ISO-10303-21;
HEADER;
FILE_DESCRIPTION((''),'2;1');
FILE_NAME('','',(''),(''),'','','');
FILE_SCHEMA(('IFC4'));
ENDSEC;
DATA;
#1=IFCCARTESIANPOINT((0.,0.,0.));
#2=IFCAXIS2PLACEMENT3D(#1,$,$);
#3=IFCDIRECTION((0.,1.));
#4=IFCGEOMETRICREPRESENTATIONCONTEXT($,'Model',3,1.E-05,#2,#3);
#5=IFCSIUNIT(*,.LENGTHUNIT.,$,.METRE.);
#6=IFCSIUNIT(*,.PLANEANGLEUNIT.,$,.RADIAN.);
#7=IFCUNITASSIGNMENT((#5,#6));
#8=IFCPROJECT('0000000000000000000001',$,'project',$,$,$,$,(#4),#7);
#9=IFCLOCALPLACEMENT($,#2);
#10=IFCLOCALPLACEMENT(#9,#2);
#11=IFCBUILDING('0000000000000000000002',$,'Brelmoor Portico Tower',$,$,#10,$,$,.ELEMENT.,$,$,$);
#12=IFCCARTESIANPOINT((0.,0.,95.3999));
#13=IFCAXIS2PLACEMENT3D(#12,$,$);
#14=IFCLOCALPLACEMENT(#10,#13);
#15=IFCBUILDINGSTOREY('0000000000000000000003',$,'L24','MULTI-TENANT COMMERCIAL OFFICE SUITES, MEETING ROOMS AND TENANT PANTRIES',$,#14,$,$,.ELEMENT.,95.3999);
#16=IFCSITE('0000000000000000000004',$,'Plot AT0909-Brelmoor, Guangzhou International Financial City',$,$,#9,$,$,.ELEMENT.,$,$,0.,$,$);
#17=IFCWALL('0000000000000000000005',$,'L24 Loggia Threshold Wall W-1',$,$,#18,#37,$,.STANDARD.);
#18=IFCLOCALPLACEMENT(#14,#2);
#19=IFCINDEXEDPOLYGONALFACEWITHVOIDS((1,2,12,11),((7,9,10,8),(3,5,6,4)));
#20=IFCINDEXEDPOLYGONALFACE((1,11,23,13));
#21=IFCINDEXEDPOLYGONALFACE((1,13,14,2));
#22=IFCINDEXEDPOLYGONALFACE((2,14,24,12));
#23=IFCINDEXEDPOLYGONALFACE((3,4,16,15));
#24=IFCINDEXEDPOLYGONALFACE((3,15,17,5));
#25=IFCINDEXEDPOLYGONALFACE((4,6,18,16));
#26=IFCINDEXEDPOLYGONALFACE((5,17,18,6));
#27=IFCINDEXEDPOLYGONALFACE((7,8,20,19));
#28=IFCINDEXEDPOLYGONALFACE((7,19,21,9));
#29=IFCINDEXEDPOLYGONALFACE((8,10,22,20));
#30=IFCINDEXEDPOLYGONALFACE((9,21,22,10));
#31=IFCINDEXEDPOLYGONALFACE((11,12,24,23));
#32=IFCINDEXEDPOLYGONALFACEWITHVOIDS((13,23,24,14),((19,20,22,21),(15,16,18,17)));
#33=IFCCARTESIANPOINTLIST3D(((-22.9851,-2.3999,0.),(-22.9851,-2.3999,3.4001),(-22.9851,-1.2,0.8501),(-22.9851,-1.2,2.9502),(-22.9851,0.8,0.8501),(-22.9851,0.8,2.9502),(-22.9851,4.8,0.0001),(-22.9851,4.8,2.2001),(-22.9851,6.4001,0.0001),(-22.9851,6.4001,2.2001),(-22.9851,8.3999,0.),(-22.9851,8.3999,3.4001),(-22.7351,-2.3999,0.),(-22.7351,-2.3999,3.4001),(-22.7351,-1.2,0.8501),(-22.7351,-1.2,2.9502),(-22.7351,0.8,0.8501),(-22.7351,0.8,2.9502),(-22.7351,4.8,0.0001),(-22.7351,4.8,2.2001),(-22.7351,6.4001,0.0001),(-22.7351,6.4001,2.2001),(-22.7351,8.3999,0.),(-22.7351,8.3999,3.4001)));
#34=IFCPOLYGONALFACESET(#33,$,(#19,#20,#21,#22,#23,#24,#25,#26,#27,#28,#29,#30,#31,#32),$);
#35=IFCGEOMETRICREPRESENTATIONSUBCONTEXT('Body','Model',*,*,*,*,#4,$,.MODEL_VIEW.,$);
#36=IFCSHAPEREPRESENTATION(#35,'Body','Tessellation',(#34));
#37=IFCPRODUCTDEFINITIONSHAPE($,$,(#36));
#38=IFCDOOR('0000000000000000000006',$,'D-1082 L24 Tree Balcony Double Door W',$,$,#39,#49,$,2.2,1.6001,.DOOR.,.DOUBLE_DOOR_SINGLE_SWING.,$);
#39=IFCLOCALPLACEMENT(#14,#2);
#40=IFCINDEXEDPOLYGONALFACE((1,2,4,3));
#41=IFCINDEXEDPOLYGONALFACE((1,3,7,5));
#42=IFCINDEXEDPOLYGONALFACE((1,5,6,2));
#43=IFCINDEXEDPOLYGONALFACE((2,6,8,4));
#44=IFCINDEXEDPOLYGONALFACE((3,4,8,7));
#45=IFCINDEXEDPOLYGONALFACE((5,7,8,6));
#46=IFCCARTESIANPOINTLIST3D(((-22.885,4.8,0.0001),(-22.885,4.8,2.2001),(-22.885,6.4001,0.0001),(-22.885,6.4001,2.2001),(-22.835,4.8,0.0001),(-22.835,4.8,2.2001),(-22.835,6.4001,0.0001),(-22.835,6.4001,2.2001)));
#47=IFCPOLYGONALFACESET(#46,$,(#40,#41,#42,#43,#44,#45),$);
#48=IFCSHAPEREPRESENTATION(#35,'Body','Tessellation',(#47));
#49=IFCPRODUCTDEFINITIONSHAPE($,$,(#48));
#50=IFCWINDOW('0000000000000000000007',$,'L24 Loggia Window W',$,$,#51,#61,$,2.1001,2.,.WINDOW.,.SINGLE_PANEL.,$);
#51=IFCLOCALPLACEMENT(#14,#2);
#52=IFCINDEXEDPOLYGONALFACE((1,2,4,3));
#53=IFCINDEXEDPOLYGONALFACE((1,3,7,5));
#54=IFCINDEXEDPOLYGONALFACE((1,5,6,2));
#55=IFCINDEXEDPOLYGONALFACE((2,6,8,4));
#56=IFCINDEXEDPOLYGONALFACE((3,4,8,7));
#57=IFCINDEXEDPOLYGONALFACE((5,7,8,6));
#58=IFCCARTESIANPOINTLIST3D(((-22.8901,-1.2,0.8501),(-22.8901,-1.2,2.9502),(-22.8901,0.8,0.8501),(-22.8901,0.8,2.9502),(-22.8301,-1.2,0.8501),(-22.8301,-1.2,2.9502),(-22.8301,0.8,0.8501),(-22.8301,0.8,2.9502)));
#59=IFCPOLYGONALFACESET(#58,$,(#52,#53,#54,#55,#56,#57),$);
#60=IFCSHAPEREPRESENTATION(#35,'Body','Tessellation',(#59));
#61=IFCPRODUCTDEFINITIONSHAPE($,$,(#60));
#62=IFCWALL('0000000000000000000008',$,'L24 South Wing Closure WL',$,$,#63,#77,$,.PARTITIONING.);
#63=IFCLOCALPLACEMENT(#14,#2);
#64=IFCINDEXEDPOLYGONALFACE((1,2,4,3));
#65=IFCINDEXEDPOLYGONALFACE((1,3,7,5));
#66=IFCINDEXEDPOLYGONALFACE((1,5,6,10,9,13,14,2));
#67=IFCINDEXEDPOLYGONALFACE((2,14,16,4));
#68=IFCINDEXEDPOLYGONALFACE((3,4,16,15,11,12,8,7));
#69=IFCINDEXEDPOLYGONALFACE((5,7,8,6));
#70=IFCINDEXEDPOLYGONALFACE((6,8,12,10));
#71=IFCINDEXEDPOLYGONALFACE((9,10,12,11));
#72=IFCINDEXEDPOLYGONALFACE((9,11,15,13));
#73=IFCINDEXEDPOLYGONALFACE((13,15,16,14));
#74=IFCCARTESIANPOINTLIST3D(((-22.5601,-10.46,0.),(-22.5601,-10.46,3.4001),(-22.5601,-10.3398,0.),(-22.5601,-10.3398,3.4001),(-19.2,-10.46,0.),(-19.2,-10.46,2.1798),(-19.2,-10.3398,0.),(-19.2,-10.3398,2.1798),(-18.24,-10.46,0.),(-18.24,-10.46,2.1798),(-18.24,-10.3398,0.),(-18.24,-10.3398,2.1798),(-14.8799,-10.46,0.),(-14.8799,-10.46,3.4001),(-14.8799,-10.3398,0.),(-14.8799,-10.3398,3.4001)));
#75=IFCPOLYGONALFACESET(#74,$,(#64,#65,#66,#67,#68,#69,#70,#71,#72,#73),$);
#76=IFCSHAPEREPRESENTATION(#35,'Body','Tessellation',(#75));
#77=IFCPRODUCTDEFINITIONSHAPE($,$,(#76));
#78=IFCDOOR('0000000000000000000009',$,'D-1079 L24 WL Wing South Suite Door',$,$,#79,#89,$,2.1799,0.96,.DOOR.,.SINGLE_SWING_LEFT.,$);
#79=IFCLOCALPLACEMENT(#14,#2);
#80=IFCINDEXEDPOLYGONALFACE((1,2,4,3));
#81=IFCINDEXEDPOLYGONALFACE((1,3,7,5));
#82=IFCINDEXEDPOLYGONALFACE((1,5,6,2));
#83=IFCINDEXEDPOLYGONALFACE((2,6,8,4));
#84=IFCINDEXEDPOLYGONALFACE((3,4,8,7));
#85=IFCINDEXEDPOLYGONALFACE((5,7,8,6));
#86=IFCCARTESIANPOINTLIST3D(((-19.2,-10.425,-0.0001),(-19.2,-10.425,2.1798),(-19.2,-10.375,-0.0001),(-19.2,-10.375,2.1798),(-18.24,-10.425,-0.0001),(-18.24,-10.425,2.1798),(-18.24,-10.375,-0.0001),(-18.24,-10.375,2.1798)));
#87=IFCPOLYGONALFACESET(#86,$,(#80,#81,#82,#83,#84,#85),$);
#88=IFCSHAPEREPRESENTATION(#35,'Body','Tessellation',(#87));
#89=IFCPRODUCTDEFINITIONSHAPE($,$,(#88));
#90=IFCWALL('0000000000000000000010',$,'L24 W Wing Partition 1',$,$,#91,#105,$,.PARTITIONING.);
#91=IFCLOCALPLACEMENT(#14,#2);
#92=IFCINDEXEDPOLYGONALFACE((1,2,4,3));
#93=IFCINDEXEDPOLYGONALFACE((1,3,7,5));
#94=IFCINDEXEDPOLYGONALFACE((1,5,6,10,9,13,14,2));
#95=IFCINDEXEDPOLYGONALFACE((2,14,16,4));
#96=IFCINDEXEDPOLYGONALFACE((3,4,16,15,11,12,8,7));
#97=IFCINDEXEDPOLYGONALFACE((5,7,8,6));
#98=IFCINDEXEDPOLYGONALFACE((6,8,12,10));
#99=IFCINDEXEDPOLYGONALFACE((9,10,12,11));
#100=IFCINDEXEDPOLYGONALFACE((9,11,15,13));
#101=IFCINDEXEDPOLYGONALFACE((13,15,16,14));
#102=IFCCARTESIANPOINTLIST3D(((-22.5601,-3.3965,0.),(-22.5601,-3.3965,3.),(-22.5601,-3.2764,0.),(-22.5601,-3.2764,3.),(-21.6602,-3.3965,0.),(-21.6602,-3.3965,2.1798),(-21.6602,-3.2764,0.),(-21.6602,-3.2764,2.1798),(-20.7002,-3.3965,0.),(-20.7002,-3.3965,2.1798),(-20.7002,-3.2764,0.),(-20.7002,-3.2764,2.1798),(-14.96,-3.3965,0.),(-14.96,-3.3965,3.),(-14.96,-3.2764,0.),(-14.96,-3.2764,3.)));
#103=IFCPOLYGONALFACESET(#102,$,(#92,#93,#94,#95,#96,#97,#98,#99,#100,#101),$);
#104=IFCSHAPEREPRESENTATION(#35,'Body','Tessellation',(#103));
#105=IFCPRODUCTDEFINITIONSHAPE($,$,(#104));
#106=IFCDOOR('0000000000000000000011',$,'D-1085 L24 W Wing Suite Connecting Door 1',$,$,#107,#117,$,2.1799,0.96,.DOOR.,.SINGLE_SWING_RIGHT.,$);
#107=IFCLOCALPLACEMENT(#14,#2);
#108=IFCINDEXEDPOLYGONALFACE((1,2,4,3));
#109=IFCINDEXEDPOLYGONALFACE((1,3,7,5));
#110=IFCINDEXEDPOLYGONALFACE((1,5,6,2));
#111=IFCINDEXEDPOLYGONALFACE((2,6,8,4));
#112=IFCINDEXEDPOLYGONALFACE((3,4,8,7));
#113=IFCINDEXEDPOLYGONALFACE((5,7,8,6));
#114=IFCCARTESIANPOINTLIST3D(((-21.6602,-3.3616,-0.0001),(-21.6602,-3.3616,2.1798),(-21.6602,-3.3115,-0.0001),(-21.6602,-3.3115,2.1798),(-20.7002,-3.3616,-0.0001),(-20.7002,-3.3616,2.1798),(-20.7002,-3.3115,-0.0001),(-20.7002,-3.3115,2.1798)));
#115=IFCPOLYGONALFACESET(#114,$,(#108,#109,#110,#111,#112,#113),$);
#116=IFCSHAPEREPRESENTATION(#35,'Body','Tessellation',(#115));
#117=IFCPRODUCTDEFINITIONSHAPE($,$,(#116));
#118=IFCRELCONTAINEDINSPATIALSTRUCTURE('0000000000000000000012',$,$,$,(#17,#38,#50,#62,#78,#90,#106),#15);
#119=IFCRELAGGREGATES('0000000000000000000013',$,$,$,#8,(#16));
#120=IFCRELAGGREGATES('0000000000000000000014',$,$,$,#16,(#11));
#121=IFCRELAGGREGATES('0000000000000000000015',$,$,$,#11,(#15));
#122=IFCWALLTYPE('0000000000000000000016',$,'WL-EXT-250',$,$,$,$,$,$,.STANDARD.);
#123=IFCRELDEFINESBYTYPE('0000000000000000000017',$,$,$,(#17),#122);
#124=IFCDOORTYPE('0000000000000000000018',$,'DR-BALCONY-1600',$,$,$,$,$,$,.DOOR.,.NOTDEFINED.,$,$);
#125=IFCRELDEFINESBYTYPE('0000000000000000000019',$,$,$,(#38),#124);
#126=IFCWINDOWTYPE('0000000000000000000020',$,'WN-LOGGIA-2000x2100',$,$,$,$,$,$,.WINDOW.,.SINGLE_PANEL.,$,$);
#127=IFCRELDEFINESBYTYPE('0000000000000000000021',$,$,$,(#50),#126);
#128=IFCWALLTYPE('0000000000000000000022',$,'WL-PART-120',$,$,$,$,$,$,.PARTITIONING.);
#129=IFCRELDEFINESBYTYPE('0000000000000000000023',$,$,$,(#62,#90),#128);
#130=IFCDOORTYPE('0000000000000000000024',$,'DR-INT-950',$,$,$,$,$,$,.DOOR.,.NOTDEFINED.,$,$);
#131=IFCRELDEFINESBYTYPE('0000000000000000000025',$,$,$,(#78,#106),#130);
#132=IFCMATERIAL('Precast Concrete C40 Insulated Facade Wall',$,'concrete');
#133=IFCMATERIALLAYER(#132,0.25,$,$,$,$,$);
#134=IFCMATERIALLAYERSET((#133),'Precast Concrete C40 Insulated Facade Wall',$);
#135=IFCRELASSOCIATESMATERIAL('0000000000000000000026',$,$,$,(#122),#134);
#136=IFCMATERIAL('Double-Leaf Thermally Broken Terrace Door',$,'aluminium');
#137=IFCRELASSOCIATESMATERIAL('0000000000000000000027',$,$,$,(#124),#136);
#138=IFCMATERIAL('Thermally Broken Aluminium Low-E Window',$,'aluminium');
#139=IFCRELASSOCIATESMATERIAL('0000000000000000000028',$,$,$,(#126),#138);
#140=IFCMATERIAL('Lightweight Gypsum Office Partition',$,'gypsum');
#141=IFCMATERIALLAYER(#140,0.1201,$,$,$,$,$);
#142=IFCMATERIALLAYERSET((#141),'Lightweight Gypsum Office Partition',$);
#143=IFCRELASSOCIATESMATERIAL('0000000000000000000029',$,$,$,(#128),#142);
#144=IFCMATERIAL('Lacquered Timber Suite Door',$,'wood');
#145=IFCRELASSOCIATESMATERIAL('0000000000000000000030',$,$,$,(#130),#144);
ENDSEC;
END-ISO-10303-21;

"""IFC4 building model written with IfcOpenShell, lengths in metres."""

from ifc_helpers import new_model, si_unit, direction, frame, frame_2d, origin, place, context, subcontext, project, spatial, rectangle, extrude, material, layer, layer_set, type_object, element, fill, save


model = new_model("IFC4")

# Units and contexts
model_context = context("Model", 3, precision=1e-05, world=origin(), true_north=direction((0.0, 1.0)))
body_context = subcontext(model_context, "Body", "Model", "MODEL_VIEW")
ifc_project = project(units=[si_unit("LENGTHUNIT", "METRE"), si_unit("PLANEANGLEUNIT", "RADIAN")], contexts=[model_context])

# Site, building, storey
site_placement = place(None, origin())
site = spatial("IfcSite", under=ifc_project, at=site_placement, Name="Plot AT0909-Brelmoor, Guangzhou International Financial City", CompositionType="ELEMENT", RefElevation=0.0)
building_placement = place(site_placement, origin())
building = spatial("IfcBuilding", under=site, at=building_placement, Name="Brelmoor Portico Tower", CompositionType="ELEMENT")
storey_placement = place(building_placement, frame((0.0, 0.0, 95.3999)))
storey = spatial("IfcBuildingStorey", under=building, at=storey_placement, Name="L24", Description="MULTI-TENANT COMMERCIAL OFFICE SUITES, MEETING ROOMS AND TENANT PANTRIES", CompositionType="ELEMENT", Elevation=95.3999)

# Wall, openings, door, window
ifc_material_1 = material(Name="Precast Concrete C40 Insulated Facade Wall", Category="concrete")
ifc_layer_1 = layer(ifc_material_1, 0.25)
ifc_layer_set_1 = layer_set([ifc_layer_1], Name="Precast Concrete C40 Insulated Facade Wall")
wall_type_1 = type_object("IfcWallType", Name="WL-EXT-250", PredefinedType="STANDARD", material=ifc_layer_set_1)
wall_1_placement = place(storey_placement, frame((-22.8601, -2.3999, 0.0), z_axis=(0.0, 0.0, 1.0), x_axis=(0.0, 1.0, 0.0)))
wall_1 = element("IfcWall", 1, at=wall_1_placement, inside=storey, type_object=wall_type_1, Name="L24 Loggia Threshold Wall W-1", PredefinedType="STANDARD", context=body_context, shape_type="SweptSolid", body=[
    extrude(rectangle(XDim=10.7998, YDim=0.25, at=frame_2d((5.3999, 0.0))), origin(), (0.0, 0.0, 1.0), 3.4001),
])
opening_1_placement = place(wall_1_placement, frame((7.2, 0.0, 0.0)))
opening_1 = element("IfcOpeningElement", 2, at=opening_1_placement, cuts=wall_1, PredefinedType="OPENING", context=body_context, shape_type="SweptSolid", body=[
    extrude(rectangle(XDim=1.6001, YDim=2.2, at=frame_2d((0.8, 1.1001))), frame((0.0, 0.135, 0.0), z_axis=(0.0, -1.0, 0.0), x_axis=(1.0, 0.0, 0.0)), (0.0, 0.0, 1.0), 0.27),
])
opening_2_placement = place(wall_1_placement, frame((1.2, 0.0, 0.8501)))
opening_2 = element("IfcOpeningElement", 3, at=opening_2_placement, cuts=wall_1, PredefinedType="OPENING", context=body_context, shape_type="SweptSolid", body=[
    extrude(rectangle(XDim=2.0, YDim=2.1001, at=frame_2d((1.0, 1.05))), frame((0.0, 0.135, 0.0), z_axis=(0.0, -1.0, 0.0), x_axis=(1.0, 0.0, 0.0)), (0.0, 0.0, 1.0), 0.27),
])
ifc_material_2 = material(Name="Double-Leaf Thermally Broken Terrace Door", Category="aluminium")
door_type_1 = type_object("IfcDoorType", Name="DR-BALCONY-1600", OperationType="NOTDEFINED", PredefinedType="DOOR", material=ifc_material_2)
door_1_placement = place(opening_1_placement, origin())
door_1 = element("IfcDoor", 4, at=door_1_placement, inside=storey, type_object=door_type_1, Name="D-1082 L24 Tree Balcony Double Door W", OperationType="DOUBLE_DOOR_SINGLE_SWING", OverallHeight=2.2, OverallWidth=1.6001, PredefinedType="DOOR", context=body_context, shape_type="SweptSolid", body=[
    extrude(rectangle(XDim=1.6001, YDim=2.2, at=frame_2d((0.8, 1.1001))), frame((0.0, 0.0249, 0.0), z_axis=(0.0, -1.0, 0.0), x_axis=(1.0, 0.0, 0.0)), (0.0, 0.0, 1.0), 0.05),
])
fill(opening_1, door_1)
ifc_material_3 = material(Name="Thermally Broken Aluminium Low-E Window", Category="aluminium")
window_type = type_object("IfcWindowType", Name="WN-LOGGIA-2000x2100", PartitioningType="SINGLE_PANEL", PredefinedType="WINDOW", material=ifc_material_3)
window_placement = place(opening_2_placement, origin())
window = element("IfcWindow", 5, at=window_placement, inside=storey, type_object=window_type, Name="L24 Loggia Window W", OverallHeight=2.1001, OverallWidth=2.0, PartitioningType="SINGLE_PANEL", PredefinedType="WINDOW", context=body_context, shape_type="SweptSolid", body=[
    extrude(rectangle(XDim=2.0, YDim=2.1001, at=frame_2d((1.0, 1.05))), frame((0.0, 0.03, 0.0), z_axis=(0.0, -1.0, 0.0), x_axis=(1.0, 0.0, 0.0)), (0.0, 0.0, 1.0), 0.0601),
])
fill(opening_2, window)

# Walls, openings, doors
ifc_material_4 = material(Name="Lightweight Gypsum Office Partition", Category="gypsum")
ifc_layer_2 = layer(ifc_material_4, 0.1201)
ifc_layer_set_2 = layer_set([ifc_layer_2], Name="Lightweight Gypsum Office Partition")
wall_type_2 = type_object("IfcWallType", Name="WL-PART-120", PredefinedType="PARTITIONING", material=ifc_layer_set_2)
wall_2_placement = place(storey_placement, frame((-22.5601, -10.3999, 0.0), z_axis=(0.0, 0.0, 1.0), x_axis=(1.0, 0.0, 0.0)))
wall_2 = element("IfcWall", 6, at=wall_2_placement, inside=storey, type_object=wall_type_2, Name="L24 South Wing Closure WL", PredefinedType="PARTITIONING", context=body_context, shape_type="SweptSolid", body=[
    extrude(rectangle(XDim=7.6802, YDim=0.1201, at=frame_2d((3.8401, 0.0))), origin(), (0.0, 0.0, 1.0), 3.4001),
])
opening_3_placement = place(wall_2_placement, frame((3.3601, 0.0, 0.0)))
opening_3 = element("IfcOpeningElement", 7, at=opening_3_placement, cuts=wall_2, PredefinedType="OPENING", context=body_context, shape_type="SweptSolid", body=[
    extrude(rectangle(XDim=0.96, YDim=2.1799, at=frame_2d((0.48, 1.0898))), frame((0.0, 0.0701, 0.0), z_axis=(0.0, -1.0, 0.0), x_axis=(1.0, 0.0, 0.0)), (0.0, 0.0, 1.0), 0.1401),
])
ifc_material_5 = material(Name="Lacquered Timber Suite Door", Category="wood")
door_type_2 = type_object("IfcDoorType", Name="DR-INT-950", OperationType="NOTDEFINED", PredefinedType="DOOR", material=ifc_material_5)
door_2_placement = place(opening_3_placement, origin())
door_2 = element("IfcDoor", 8, at=door_2_placement, inside=storey, type_object=door_type_2, Name="D-1079 L24 WL Wing South Suite Door", OperationType="SINGLE_SWING_LEFT", OverallHeight=2.1799, OverallWidth=0.96, PredefinedType="DOOR", context=body_context, shape_type="SweptSolid", body=[
    extrude(rectangle(XDim=0.96, YDim=2.1799, at=frame_2d((0.48, 1.0898))), frame((0.0, 0.0249, 0.0), z_axis=(0.0, -1.0, 0.0), x_axis=(1.0, 0.0, 0.0)), (0.0, 0.0, 1.0), 0.05),
])
fill(opening_3, door_2)
wall_3_placement = place(storey_placement, frame((-22.5601, -3.3364, 0.0), z_axis=(0.0, 0.0, 1.0), x_axis=(1.0, 0.0, 0.0)))
wall_3 = element("IfcWall", 9, at=wall_3_placement, inside=storey, type_object=wall_type_2, Name="L24 W Wing Partition 1", PredefinedType="PARTITIONING", context=body_context, shape_type="SweptSolid", body=[
    extrude(rectangle(XDim=7.6001, YDim=0.1201, at=frame_2d((3.8, 0.0))), origin(), (0.0, 0.0, 1.0), 3.0),
])
opening_4_placement = place(wall_3_placement, frame((0.8999, 0.0, 0.0)))
opening_4 = element("IfcOpeningElement", 10, at=opening_4_placement, cuts=wall_3, PredefinedType="OPENING", context=body_context, shape_type="SweptSolid", body=[
    extrude(rectangle(XDim=0.96, YDim=2.1799, at=frame_2d((0.48, 1.0898))), frame((0.0, 0.0701, 0.0), z_axis=(0.0, -1.0, 0.0), x_axis=(1.0, 0.0, 0.0)), (0.0, 0.0, 1.0), 0.1401),
])
door_3_placement = place(opening_4_placement, origin())
door_3 = element("IfcDoor", 11, at=door_3_placement, inside=storey, type_object=door_type_2, Name="D-1085 L24 W Wing Suite Connecting Door 1", OperationType="SINGLE_SWING_RIGHT", OverallHeight=2.1799, OverallWidth=0.96, PredefinedType="DOOR", context=body_context, shape_type="SweptSolid", body=[
    extrude(rectangle(XDim=0.96, YDim=2.1799, at=frame_2d((0.48, 1.0898))), frame((0.0, 0.0249, 0.0), z_axis=(0.0, -1.0, 0.0), x_axis=(1.0, 0.0, 0.0)), (0.0, 0.0, 1.0), 0.05),
])
fill(opening_4, door_3)

save(model, "model.ifc")
